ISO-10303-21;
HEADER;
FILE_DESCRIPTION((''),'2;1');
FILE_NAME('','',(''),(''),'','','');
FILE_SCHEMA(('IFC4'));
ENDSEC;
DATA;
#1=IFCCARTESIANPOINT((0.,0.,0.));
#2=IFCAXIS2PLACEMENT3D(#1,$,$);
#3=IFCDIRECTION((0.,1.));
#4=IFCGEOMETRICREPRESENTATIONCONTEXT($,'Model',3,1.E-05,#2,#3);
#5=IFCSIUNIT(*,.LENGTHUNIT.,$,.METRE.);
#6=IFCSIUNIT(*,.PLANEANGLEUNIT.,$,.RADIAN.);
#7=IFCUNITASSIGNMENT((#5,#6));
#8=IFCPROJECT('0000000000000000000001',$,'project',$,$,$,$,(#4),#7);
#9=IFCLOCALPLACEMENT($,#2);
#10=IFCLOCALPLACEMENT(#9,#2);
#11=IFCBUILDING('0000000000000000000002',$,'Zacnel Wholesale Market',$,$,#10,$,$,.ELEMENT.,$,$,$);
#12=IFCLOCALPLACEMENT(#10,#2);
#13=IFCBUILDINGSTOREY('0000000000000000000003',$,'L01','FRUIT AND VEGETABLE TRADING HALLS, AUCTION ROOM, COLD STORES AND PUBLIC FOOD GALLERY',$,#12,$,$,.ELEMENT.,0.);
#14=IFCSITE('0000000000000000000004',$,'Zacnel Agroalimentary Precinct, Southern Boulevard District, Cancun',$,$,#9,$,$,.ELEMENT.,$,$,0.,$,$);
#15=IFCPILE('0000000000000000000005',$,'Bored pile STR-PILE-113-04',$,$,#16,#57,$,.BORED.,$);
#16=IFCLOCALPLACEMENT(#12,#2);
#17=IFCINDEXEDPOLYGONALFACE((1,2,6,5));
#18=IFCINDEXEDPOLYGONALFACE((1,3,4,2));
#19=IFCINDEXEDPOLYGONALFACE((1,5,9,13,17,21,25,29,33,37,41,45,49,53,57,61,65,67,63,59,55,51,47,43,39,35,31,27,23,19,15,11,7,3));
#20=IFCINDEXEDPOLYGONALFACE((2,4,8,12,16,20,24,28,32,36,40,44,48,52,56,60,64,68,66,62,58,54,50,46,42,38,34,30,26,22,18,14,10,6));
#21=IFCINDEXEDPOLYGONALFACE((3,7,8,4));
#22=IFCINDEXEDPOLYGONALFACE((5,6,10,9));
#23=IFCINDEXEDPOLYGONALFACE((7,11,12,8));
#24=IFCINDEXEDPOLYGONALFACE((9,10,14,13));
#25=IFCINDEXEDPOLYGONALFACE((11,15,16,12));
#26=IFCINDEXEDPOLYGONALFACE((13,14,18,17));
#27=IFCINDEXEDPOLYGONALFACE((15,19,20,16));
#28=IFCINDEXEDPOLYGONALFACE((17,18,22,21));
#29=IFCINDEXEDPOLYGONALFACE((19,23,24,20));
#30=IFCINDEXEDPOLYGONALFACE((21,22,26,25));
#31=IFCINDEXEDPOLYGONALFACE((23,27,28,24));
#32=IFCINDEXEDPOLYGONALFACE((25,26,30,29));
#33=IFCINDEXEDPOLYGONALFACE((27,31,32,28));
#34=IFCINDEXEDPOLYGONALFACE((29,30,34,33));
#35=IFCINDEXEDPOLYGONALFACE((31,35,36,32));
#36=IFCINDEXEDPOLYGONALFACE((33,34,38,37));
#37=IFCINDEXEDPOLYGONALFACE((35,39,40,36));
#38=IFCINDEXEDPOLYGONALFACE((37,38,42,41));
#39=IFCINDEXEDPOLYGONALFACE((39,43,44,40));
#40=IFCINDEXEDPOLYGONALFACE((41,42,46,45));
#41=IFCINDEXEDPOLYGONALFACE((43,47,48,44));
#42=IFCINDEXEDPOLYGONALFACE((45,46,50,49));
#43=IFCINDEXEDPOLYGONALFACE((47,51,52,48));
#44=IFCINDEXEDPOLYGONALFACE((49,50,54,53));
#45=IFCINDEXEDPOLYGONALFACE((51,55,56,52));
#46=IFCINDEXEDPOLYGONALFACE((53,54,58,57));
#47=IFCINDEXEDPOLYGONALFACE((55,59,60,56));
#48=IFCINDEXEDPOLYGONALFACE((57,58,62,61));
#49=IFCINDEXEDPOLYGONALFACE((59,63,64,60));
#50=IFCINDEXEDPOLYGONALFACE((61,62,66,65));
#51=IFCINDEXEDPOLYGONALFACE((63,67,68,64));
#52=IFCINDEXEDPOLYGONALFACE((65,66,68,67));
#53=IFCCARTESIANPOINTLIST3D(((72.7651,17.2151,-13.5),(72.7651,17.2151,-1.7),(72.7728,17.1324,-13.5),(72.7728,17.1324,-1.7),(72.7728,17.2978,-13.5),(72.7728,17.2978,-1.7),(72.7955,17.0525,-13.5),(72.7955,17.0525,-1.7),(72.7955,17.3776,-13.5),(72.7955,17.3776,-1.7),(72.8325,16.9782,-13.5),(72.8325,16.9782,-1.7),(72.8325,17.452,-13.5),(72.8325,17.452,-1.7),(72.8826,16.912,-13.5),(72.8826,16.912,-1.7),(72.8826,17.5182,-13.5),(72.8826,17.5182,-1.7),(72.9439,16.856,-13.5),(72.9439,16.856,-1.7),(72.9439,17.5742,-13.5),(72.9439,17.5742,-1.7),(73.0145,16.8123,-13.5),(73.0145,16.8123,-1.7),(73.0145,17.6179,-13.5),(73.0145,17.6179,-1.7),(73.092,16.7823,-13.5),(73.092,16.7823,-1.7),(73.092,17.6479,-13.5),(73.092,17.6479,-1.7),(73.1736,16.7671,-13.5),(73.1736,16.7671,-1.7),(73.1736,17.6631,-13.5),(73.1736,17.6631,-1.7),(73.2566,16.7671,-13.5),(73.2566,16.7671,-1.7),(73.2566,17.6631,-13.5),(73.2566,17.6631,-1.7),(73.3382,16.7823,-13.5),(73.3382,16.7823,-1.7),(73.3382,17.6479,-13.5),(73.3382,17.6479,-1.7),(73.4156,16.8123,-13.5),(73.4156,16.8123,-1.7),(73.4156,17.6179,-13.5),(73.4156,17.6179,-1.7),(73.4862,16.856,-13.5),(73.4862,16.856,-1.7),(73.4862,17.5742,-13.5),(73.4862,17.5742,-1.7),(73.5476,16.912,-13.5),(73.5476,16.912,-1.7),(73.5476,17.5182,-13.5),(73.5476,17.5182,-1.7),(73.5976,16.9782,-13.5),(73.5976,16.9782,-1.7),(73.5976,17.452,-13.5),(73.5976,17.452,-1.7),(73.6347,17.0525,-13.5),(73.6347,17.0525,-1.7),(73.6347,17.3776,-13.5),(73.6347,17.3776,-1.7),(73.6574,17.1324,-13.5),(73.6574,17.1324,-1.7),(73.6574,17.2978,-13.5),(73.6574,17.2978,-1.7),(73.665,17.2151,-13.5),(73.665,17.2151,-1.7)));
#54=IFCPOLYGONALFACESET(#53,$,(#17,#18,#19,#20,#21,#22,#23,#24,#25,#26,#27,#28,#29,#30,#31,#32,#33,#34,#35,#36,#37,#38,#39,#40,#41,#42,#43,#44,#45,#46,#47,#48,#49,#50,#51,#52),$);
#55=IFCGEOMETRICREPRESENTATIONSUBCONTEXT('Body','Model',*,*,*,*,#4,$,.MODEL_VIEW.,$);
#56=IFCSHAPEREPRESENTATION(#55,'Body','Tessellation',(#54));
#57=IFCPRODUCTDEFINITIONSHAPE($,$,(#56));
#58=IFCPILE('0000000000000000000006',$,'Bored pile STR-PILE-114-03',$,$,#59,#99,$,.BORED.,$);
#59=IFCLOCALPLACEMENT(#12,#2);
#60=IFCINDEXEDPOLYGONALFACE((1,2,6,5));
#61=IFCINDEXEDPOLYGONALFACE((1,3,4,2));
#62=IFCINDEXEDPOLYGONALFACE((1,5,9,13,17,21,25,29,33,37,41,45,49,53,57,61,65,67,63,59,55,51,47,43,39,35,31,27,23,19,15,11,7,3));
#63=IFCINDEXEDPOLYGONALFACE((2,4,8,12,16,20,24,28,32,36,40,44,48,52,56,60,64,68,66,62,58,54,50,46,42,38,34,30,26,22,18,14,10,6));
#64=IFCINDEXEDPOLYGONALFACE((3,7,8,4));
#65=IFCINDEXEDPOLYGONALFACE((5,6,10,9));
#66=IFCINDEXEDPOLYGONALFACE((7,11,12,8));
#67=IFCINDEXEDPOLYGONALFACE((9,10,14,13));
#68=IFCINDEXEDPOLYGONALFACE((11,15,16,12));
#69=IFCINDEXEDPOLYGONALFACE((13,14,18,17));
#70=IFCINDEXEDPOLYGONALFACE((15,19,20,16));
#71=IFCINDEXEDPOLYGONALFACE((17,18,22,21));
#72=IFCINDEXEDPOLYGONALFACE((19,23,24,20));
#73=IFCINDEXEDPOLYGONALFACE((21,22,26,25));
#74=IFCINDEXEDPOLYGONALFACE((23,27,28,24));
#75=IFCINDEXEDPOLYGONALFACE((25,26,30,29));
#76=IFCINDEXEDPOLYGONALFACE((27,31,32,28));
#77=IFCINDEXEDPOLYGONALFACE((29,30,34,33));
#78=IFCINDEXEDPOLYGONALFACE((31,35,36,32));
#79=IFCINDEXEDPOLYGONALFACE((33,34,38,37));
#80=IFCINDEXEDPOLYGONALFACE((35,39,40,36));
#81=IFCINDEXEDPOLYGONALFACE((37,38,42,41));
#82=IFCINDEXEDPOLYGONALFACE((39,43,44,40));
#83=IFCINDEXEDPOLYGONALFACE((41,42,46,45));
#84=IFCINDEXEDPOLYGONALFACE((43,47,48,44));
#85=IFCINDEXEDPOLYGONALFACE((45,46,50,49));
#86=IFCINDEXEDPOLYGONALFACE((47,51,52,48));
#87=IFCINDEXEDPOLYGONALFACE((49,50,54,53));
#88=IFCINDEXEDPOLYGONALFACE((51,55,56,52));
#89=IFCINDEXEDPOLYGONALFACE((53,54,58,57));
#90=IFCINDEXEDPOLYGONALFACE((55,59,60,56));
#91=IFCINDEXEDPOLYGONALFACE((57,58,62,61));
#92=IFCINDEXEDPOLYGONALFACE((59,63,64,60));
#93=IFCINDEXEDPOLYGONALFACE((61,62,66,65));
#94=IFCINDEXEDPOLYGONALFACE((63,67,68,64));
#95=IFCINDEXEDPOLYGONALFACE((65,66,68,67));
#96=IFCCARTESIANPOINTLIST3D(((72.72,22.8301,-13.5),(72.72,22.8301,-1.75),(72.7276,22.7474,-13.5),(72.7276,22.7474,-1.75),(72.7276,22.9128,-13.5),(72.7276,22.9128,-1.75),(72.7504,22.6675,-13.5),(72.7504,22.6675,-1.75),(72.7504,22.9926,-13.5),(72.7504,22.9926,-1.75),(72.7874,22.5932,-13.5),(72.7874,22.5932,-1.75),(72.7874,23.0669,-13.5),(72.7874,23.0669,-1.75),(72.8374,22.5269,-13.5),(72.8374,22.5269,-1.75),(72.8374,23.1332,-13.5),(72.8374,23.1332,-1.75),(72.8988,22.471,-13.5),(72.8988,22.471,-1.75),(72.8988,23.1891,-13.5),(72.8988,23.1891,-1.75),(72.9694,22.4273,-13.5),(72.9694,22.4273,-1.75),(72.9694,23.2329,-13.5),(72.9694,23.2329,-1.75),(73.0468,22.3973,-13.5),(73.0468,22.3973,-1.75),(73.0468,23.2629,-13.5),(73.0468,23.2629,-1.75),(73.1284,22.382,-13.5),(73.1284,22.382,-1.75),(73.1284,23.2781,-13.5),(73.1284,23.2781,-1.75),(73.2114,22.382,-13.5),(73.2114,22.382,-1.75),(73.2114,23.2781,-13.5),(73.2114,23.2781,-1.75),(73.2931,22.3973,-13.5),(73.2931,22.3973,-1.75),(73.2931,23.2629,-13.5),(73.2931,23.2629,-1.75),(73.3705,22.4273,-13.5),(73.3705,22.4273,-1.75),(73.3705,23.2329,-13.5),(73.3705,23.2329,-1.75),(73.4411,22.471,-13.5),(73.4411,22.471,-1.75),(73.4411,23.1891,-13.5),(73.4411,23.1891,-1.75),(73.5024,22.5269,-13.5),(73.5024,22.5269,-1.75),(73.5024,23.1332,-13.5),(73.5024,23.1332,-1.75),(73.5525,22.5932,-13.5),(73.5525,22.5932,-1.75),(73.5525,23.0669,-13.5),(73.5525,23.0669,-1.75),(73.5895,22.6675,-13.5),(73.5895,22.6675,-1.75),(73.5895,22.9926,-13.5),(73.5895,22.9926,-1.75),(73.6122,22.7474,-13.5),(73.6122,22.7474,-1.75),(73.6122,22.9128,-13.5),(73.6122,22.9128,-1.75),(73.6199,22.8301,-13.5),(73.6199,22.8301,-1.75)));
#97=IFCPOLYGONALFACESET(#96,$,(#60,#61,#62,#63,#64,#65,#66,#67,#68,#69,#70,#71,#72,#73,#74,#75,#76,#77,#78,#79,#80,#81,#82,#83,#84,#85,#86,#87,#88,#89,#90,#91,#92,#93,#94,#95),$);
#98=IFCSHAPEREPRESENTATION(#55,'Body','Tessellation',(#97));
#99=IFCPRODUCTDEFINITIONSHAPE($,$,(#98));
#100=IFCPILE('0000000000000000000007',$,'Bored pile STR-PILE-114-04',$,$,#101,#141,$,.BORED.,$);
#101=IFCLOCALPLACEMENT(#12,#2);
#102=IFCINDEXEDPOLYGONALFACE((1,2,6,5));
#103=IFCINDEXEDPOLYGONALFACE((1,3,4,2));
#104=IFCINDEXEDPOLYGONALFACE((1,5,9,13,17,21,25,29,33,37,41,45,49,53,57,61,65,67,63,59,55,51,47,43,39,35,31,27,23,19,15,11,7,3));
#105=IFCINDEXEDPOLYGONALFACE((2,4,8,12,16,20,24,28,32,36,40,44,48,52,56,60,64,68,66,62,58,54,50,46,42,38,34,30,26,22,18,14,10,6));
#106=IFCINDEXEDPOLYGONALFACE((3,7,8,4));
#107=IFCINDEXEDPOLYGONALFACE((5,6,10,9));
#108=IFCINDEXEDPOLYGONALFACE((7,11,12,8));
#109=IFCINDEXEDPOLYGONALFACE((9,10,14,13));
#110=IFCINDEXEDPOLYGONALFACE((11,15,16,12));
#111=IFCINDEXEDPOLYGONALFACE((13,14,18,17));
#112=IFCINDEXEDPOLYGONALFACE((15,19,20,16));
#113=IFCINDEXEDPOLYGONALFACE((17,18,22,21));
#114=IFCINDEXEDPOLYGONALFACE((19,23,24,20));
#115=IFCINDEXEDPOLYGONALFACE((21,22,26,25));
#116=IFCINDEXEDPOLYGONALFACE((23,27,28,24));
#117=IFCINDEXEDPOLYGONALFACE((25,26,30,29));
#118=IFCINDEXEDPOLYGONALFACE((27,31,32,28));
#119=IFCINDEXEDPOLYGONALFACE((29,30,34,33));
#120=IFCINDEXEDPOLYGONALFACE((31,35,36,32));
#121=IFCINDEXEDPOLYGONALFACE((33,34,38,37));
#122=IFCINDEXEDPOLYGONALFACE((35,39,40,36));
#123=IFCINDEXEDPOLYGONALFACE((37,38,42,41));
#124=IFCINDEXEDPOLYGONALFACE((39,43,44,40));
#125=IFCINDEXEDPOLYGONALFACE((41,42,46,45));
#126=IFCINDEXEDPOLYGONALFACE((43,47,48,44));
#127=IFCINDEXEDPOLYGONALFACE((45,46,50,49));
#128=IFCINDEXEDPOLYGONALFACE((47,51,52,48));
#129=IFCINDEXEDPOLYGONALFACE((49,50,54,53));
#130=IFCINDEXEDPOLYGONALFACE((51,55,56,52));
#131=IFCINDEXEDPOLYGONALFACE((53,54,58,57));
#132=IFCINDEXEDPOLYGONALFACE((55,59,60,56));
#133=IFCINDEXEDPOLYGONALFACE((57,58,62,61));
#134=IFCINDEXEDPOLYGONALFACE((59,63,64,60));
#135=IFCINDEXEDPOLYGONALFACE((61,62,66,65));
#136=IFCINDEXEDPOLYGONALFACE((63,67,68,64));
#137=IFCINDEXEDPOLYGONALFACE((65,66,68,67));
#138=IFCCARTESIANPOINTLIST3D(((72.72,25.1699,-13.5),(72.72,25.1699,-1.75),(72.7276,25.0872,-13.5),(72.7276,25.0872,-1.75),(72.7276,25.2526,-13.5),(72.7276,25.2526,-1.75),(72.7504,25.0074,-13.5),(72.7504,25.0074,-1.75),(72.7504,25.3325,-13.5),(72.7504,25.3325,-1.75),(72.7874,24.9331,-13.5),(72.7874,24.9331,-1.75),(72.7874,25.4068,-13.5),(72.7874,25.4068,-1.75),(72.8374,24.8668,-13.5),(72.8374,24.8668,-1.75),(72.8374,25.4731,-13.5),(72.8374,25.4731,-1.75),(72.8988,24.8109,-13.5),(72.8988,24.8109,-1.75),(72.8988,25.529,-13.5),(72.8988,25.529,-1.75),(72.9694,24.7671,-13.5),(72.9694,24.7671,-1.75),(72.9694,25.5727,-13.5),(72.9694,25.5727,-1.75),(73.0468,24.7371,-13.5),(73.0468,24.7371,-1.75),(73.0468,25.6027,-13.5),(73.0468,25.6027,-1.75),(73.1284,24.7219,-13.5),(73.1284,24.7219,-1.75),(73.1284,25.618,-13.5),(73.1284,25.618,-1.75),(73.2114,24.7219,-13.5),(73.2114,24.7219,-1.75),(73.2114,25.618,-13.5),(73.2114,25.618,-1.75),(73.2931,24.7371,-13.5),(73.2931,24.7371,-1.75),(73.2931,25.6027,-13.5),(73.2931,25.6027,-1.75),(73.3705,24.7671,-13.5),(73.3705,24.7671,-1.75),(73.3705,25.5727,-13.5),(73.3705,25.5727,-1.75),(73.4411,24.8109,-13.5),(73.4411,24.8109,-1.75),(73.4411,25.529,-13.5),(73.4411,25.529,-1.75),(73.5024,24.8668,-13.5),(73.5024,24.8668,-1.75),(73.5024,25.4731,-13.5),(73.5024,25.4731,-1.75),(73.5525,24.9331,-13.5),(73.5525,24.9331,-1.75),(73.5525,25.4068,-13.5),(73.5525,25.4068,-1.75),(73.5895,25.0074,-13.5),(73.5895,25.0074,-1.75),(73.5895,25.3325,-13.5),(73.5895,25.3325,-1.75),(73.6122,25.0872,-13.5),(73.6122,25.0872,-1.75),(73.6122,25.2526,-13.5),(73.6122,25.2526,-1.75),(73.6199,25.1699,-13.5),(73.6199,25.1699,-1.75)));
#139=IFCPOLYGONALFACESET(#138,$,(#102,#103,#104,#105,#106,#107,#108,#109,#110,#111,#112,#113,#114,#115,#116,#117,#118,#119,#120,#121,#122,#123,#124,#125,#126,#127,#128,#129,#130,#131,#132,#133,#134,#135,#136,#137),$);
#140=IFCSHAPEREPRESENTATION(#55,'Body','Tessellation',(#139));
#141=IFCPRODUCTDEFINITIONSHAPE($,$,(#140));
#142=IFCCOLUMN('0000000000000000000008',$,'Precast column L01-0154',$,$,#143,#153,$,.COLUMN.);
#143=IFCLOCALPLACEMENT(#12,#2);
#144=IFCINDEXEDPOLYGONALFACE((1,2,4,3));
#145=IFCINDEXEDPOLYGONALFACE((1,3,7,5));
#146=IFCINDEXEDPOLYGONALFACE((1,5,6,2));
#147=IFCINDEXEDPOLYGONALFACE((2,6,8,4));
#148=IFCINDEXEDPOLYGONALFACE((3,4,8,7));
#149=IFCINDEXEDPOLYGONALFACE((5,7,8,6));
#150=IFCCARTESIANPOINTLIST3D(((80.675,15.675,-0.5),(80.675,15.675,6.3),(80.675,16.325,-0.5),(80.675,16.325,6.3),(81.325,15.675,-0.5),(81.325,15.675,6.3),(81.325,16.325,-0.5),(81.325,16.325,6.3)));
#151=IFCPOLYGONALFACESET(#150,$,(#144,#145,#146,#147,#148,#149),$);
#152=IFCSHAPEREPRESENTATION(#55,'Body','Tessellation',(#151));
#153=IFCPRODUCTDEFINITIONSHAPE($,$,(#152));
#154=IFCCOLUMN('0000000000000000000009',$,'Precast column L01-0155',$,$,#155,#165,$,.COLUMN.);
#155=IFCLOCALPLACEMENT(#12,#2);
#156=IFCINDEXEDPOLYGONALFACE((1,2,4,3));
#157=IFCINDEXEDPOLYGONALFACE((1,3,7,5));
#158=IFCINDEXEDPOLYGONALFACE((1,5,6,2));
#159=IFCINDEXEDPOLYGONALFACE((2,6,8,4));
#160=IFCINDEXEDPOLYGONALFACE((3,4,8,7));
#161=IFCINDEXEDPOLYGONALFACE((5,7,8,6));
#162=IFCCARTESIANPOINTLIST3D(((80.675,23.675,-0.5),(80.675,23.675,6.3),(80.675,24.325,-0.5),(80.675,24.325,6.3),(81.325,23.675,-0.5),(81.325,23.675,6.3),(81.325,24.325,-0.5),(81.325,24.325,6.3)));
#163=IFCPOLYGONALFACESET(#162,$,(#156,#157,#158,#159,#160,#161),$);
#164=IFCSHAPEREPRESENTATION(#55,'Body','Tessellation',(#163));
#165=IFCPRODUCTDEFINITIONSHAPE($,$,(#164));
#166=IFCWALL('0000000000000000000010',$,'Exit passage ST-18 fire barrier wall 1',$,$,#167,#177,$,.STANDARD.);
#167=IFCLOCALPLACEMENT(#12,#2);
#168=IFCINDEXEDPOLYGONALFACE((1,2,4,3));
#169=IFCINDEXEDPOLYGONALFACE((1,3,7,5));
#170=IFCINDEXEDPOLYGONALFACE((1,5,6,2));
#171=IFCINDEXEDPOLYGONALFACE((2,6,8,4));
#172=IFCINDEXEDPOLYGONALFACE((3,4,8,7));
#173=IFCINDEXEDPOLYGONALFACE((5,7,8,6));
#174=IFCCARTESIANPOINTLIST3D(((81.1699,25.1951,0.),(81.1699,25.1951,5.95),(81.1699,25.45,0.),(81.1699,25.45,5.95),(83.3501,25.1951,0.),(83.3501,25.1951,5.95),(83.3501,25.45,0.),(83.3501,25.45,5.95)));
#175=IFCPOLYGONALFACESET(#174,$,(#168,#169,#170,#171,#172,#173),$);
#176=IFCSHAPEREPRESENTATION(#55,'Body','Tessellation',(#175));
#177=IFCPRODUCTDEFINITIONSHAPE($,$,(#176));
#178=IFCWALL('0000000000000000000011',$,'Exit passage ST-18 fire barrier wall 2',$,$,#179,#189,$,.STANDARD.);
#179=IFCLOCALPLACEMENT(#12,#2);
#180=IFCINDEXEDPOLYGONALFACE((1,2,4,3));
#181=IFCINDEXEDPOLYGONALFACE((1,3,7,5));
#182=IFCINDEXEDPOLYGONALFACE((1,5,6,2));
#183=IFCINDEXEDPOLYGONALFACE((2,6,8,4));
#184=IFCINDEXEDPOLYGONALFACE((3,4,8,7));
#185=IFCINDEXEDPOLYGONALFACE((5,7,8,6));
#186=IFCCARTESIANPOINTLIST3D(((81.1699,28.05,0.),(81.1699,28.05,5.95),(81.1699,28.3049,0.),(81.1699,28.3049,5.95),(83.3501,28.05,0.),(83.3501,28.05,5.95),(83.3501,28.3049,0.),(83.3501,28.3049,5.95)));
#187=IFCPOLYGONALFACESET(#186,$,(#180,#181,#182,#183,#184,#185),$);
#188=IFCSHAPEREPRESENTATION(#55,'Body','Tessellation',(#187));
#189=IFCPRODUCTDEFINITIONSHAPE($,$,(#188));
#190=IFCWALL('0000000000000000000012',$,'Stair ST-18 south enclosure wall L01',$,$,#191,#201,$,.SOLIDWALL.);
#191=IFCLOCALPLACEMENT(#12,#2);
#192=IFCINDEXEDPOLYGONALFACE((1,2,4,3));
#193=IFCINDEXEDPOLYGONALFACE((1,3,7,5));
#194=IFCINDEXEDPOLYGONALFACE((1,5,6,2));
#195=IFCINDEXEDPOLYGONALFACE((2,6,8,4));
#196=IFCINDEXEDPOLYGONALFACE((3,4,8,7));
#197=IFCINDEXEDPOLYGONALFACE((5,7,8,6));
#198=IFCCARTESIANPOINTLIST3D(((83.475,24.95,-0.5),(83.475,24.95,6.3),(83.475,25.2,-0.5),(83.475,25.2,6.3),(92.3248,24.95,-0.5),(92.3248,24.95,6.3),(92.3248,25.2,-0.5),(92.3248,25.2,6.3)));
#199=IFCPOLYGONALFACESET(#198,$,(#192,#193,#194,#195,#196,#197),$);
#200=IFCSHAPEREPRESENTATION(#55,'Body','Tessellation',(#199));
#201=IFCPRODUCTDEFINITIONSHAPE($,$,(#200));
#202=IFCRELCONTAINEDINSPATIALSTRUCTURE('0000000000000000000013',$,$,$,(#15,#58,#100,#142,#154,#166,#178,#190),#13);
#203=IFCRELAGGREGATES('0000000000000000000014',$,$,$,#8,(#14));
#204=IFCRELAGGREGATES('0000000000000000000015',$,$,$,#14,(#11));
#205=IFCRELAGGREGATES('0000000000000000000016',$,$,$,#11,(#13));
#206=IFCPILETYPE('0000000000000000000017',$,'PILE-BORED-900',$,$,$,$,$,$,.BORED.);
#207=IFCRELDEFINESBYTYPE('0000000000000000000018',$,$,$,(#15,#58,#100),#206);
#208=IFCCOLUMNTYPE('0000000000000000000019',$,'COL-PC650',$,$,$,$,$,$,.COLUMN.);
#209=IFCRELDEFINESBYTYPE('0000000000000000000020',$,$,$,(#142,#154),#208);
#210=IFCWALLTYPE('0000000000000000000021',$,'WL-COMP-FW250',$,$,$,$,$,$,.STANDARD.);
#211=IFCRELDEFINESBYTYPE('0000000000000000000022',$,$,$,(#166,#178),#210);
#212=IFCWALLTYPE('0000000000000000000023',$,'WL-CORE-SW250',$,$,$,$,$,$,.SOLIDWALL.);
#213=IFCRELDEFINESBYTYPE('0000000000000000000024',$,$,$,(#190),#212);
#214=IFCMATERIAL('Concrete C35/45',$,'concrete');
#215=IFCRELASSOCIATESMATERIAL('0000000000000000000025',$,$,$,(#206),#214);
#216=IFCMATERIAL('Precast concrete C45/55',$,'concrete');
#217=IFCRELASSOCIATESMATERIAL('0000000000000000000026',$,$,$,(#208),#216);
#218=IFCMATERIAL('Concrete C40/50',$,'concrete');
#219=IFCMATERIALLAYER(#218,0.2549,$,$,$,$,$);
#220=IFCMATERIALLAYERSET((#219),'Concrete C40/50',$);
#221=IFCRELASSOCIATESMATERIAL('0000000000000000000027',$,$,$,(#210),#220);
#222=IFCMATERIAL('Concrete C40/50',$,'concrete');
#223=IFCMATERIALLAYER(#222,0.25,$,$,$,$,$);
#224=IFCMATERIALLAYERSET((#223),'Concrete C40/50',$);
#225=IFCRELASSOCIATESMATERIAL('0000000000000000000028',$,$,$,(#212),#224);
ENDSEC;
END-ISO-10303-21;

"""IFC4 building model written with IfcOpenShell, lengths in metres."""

from ifc_helpers import new_model, si_unit, direction, frame, frame_2d, origin, origin_2d, place, context, subcontext, project, spatial, rectangle, circle, extrude, material, layer, layer_set, material_profile, profile_set, type_object, element, save


model = new_model("IFC4")

# Units and contexts
model_context = context("Model", 3, precision=1e-05, world=origin(), true_north=direction((0.0, 1.0)))
body_context = subcontext(model_context, "Body", "Model", "MODEL_VIEW")
ifc_project = project(units=[si_unit("LENGTHUNIT", "METRE"), si_unit("PLANEANGLEUNIT", "RADIAN")], contexts=[model_context])

# Site, building, storey
site_placement = place(None, origin())
site = spatial("IfcSite", under=ifc_project, at=site_placement, Name="Zacnel Agroalimentary Precinct, Southern Boulevard District, Cancun", CompositionType="ELEMENT", RefElevation=0.0)
building_placement = place(site_placement, origin())
building = spatial("IfcBuilding", under=site, at=building_placement, Name="Zacnel Wholesale Market", CompositionType="ELEMENT")
storey_placement = place(building_placement, origin())
storey = spatial("IfcBuildingStorey", under=building, at=storey_placement, Name="L01", Description="FRUIT AND VEGETABLE TRADING HALLS, AUCTION ROOM, COLD STORES AND PUBLIC FOOD GALLERY", CompositionType="ELEMENT", Elevation=0.0)

# Piles
ifc_material_1 = material(Name="Concrete C35/45", Category="concrete")
ifc_material_profile_1 = material_profile(ifc_material_1, circle(Radius=0.45, at=origin_2d()), Name="BORED PILE D900")
ifc_profile_set_1 = profile_set([ifc_material_profile_1], Name="Concrete C35/45")
pile_type_1 = type_object("IfcPileType", Name="PILE-BORED-900", PredefinedType="BORED", material=ifc_profile_set_1)
pile_placement = place(storey_placement, frame((73.2151, 17.2151, -1.7), z_axis=(0.0, 0.0, -1.0), x_axis=(1.0, 0.0, 0.0)))
element("IfcPile", 1, at=pile_placement, inside=storey, type_object=pile_type_1, Name="Bored pile STR-PILE-113-04", PredefinedType="BORED", context=body_context, shape_type="SweptSolid", body=[
    extrude(circle(Radius=0.45, at=origin_2d()), origin(), (0.0, 0.0, 1.0), 11.8),
])
for number, where, z_axis, x_axis, name in (
    (2, (73.1699, 22.8301, -1.75), (0.0, 0.0, -1.0), (1.0, 0.0, 0.0), "Bored pile STR-PILE-114-03"),
    (3, (73.1699, 25.1699, -1.75), (0.0, 0.0, -1.0), (1.0, 0.0, 0.0), "Bored pile STR-PILE-114-04"),
):
    element("IfcPile", number, at=place(storey_placement, frame(where, z_axis=z_axis, x_axis=x_axis)), inside=storey, type_object=pile_type_1, Name=name, PredefinedType="BORED", context=body_context, shape_type="SweptSolid", body=[
        extrude(circle(Radius=0.45, at=origin_2d()), origin(), (0.0, 0.0, 1.0), 11.75),
    ])

# Columns
ifc_material_2 = material(Name="Precast concrete C45/55", Category="concrete")
ifc_material_profile_2 = material_profile(ifc_material_2, rectangle(XDim=0.6499, YDim=0.6499, at=origin_2d()), Name="PC 650x650")
ifc_profile_set_2 = profile_set([ifc_material_profile_2], Name="Precast concrete C45/55")
column_type = type_object("IfcColumnType", Name="COL-PC650", PredefinedType="COLUMN", material=ifc_profile_set_2)
for number, where, z_axis, x_axis, name in (
    (4, (81.0, 16.0, -0.5), (0.0, 0.0, 1.0), (1.0, 0.0, 0.0), "Precast column L01-0154"),
    (5, (81.0, 24.0, -0.5), (0.0, 0.0, 1.0), (1.0, 0.0, 0.0), "Precast column L01-0155"),
):
    element("IfcColumn", number, at=place(storey_placement, frame(where, z_axis=z_axis, x_axis=x_axis)), inside=storey, type_object=column_type, Name=name, PredefinedType="COLUMN", context=body_context, shape_type="SweptSolid", body=[
        extrude(rectangle(XDim=0.6499, YDim=0.6499, at=origin_2d()), origin(), (0.0, 0.0, 1.0), 6.8),
    ])

# Walls
ifc_material_3 = material(Name="Concrete C40/50", Category="concrete")
ifc_layer_1 = layer(ifc_material_3, 0.2549)
ifc_layer_set_1 = layer_set([ifc_layer_1], Name="Concrete C40/50")
wall_type_1 = type_object("IfcWallType", Name="WL-COMP-FW250", PredefinedType="STANDARD", material=ifc_layer_set_1)
for number, where, z_axis, x_axis, name in (
    (6, (81.1699, 25.3225, 0.0), (0.0, 0.0, 1.0), (1.0, 0.0, 0.0), "Exit passage ST-18 fire barrier wall 1"),
    (7, (81.1699, 28.1775, 0.0), (0.0, 0.0, 1.0), (1.0, 0.0, 0.0), "Exit passage ST-18 fire barrier wall 2"),
):
    element("IfcWall", number, at=place(storey_placement, frame(where, z_axis=z_axis, x_axis=x_axis)), inside=storey, type_object=wall_type_1, Name=name, PredefinedType="STANDARD", context=body_context, shape_type="SweptSolid", body=[
        extrude(rectangle(XDim=2.1802, YDim=0.2549, at=frame_2d((1.0901, 0.0))), origin(), (0.0, 0.0, 1.0), 5.95),
    ])
ifc_material_4 = material(Name="Concrete C40/50", Category="concrete")
ifc_layer_2 = layer(ifc_material_4, 0.25)
ifc_layer_set_2 = layer_set([ifc_layer_2], Name="Concrete C40/50")
wall_type_2 = type_object("IfcWallType", Name="WL-CORE-SW250", PredefinedType="SOLIDWALL", material=ifc_layer_set_2)
for number, where, z_axis, x_axis, name in (
    (8, (83.4751, 25.075, -0.5), (0.0, 0.0, 1.0), (1.0, 0.0, 0.0), "Stair ST-18 south enclosure wall L01"),
):
    element("IfcWall", number, at=place(storey_placement, frame(where, z_axis=z_axis, x_axis=x_axis)), inside=storey, type_object=wall_type_2, Name=name, PredefinedType="SOLIDWALL", context=body_context, shape_type="SweptSolid", body=[
        extrude(rectangle(XDim=8.8499, YDim=0.25, at=frame_2d((4.4248, 0.0))), origin(), (0.0, 0.0, 1.0), 6.8),
    ])

save(model, "model.ifc")
